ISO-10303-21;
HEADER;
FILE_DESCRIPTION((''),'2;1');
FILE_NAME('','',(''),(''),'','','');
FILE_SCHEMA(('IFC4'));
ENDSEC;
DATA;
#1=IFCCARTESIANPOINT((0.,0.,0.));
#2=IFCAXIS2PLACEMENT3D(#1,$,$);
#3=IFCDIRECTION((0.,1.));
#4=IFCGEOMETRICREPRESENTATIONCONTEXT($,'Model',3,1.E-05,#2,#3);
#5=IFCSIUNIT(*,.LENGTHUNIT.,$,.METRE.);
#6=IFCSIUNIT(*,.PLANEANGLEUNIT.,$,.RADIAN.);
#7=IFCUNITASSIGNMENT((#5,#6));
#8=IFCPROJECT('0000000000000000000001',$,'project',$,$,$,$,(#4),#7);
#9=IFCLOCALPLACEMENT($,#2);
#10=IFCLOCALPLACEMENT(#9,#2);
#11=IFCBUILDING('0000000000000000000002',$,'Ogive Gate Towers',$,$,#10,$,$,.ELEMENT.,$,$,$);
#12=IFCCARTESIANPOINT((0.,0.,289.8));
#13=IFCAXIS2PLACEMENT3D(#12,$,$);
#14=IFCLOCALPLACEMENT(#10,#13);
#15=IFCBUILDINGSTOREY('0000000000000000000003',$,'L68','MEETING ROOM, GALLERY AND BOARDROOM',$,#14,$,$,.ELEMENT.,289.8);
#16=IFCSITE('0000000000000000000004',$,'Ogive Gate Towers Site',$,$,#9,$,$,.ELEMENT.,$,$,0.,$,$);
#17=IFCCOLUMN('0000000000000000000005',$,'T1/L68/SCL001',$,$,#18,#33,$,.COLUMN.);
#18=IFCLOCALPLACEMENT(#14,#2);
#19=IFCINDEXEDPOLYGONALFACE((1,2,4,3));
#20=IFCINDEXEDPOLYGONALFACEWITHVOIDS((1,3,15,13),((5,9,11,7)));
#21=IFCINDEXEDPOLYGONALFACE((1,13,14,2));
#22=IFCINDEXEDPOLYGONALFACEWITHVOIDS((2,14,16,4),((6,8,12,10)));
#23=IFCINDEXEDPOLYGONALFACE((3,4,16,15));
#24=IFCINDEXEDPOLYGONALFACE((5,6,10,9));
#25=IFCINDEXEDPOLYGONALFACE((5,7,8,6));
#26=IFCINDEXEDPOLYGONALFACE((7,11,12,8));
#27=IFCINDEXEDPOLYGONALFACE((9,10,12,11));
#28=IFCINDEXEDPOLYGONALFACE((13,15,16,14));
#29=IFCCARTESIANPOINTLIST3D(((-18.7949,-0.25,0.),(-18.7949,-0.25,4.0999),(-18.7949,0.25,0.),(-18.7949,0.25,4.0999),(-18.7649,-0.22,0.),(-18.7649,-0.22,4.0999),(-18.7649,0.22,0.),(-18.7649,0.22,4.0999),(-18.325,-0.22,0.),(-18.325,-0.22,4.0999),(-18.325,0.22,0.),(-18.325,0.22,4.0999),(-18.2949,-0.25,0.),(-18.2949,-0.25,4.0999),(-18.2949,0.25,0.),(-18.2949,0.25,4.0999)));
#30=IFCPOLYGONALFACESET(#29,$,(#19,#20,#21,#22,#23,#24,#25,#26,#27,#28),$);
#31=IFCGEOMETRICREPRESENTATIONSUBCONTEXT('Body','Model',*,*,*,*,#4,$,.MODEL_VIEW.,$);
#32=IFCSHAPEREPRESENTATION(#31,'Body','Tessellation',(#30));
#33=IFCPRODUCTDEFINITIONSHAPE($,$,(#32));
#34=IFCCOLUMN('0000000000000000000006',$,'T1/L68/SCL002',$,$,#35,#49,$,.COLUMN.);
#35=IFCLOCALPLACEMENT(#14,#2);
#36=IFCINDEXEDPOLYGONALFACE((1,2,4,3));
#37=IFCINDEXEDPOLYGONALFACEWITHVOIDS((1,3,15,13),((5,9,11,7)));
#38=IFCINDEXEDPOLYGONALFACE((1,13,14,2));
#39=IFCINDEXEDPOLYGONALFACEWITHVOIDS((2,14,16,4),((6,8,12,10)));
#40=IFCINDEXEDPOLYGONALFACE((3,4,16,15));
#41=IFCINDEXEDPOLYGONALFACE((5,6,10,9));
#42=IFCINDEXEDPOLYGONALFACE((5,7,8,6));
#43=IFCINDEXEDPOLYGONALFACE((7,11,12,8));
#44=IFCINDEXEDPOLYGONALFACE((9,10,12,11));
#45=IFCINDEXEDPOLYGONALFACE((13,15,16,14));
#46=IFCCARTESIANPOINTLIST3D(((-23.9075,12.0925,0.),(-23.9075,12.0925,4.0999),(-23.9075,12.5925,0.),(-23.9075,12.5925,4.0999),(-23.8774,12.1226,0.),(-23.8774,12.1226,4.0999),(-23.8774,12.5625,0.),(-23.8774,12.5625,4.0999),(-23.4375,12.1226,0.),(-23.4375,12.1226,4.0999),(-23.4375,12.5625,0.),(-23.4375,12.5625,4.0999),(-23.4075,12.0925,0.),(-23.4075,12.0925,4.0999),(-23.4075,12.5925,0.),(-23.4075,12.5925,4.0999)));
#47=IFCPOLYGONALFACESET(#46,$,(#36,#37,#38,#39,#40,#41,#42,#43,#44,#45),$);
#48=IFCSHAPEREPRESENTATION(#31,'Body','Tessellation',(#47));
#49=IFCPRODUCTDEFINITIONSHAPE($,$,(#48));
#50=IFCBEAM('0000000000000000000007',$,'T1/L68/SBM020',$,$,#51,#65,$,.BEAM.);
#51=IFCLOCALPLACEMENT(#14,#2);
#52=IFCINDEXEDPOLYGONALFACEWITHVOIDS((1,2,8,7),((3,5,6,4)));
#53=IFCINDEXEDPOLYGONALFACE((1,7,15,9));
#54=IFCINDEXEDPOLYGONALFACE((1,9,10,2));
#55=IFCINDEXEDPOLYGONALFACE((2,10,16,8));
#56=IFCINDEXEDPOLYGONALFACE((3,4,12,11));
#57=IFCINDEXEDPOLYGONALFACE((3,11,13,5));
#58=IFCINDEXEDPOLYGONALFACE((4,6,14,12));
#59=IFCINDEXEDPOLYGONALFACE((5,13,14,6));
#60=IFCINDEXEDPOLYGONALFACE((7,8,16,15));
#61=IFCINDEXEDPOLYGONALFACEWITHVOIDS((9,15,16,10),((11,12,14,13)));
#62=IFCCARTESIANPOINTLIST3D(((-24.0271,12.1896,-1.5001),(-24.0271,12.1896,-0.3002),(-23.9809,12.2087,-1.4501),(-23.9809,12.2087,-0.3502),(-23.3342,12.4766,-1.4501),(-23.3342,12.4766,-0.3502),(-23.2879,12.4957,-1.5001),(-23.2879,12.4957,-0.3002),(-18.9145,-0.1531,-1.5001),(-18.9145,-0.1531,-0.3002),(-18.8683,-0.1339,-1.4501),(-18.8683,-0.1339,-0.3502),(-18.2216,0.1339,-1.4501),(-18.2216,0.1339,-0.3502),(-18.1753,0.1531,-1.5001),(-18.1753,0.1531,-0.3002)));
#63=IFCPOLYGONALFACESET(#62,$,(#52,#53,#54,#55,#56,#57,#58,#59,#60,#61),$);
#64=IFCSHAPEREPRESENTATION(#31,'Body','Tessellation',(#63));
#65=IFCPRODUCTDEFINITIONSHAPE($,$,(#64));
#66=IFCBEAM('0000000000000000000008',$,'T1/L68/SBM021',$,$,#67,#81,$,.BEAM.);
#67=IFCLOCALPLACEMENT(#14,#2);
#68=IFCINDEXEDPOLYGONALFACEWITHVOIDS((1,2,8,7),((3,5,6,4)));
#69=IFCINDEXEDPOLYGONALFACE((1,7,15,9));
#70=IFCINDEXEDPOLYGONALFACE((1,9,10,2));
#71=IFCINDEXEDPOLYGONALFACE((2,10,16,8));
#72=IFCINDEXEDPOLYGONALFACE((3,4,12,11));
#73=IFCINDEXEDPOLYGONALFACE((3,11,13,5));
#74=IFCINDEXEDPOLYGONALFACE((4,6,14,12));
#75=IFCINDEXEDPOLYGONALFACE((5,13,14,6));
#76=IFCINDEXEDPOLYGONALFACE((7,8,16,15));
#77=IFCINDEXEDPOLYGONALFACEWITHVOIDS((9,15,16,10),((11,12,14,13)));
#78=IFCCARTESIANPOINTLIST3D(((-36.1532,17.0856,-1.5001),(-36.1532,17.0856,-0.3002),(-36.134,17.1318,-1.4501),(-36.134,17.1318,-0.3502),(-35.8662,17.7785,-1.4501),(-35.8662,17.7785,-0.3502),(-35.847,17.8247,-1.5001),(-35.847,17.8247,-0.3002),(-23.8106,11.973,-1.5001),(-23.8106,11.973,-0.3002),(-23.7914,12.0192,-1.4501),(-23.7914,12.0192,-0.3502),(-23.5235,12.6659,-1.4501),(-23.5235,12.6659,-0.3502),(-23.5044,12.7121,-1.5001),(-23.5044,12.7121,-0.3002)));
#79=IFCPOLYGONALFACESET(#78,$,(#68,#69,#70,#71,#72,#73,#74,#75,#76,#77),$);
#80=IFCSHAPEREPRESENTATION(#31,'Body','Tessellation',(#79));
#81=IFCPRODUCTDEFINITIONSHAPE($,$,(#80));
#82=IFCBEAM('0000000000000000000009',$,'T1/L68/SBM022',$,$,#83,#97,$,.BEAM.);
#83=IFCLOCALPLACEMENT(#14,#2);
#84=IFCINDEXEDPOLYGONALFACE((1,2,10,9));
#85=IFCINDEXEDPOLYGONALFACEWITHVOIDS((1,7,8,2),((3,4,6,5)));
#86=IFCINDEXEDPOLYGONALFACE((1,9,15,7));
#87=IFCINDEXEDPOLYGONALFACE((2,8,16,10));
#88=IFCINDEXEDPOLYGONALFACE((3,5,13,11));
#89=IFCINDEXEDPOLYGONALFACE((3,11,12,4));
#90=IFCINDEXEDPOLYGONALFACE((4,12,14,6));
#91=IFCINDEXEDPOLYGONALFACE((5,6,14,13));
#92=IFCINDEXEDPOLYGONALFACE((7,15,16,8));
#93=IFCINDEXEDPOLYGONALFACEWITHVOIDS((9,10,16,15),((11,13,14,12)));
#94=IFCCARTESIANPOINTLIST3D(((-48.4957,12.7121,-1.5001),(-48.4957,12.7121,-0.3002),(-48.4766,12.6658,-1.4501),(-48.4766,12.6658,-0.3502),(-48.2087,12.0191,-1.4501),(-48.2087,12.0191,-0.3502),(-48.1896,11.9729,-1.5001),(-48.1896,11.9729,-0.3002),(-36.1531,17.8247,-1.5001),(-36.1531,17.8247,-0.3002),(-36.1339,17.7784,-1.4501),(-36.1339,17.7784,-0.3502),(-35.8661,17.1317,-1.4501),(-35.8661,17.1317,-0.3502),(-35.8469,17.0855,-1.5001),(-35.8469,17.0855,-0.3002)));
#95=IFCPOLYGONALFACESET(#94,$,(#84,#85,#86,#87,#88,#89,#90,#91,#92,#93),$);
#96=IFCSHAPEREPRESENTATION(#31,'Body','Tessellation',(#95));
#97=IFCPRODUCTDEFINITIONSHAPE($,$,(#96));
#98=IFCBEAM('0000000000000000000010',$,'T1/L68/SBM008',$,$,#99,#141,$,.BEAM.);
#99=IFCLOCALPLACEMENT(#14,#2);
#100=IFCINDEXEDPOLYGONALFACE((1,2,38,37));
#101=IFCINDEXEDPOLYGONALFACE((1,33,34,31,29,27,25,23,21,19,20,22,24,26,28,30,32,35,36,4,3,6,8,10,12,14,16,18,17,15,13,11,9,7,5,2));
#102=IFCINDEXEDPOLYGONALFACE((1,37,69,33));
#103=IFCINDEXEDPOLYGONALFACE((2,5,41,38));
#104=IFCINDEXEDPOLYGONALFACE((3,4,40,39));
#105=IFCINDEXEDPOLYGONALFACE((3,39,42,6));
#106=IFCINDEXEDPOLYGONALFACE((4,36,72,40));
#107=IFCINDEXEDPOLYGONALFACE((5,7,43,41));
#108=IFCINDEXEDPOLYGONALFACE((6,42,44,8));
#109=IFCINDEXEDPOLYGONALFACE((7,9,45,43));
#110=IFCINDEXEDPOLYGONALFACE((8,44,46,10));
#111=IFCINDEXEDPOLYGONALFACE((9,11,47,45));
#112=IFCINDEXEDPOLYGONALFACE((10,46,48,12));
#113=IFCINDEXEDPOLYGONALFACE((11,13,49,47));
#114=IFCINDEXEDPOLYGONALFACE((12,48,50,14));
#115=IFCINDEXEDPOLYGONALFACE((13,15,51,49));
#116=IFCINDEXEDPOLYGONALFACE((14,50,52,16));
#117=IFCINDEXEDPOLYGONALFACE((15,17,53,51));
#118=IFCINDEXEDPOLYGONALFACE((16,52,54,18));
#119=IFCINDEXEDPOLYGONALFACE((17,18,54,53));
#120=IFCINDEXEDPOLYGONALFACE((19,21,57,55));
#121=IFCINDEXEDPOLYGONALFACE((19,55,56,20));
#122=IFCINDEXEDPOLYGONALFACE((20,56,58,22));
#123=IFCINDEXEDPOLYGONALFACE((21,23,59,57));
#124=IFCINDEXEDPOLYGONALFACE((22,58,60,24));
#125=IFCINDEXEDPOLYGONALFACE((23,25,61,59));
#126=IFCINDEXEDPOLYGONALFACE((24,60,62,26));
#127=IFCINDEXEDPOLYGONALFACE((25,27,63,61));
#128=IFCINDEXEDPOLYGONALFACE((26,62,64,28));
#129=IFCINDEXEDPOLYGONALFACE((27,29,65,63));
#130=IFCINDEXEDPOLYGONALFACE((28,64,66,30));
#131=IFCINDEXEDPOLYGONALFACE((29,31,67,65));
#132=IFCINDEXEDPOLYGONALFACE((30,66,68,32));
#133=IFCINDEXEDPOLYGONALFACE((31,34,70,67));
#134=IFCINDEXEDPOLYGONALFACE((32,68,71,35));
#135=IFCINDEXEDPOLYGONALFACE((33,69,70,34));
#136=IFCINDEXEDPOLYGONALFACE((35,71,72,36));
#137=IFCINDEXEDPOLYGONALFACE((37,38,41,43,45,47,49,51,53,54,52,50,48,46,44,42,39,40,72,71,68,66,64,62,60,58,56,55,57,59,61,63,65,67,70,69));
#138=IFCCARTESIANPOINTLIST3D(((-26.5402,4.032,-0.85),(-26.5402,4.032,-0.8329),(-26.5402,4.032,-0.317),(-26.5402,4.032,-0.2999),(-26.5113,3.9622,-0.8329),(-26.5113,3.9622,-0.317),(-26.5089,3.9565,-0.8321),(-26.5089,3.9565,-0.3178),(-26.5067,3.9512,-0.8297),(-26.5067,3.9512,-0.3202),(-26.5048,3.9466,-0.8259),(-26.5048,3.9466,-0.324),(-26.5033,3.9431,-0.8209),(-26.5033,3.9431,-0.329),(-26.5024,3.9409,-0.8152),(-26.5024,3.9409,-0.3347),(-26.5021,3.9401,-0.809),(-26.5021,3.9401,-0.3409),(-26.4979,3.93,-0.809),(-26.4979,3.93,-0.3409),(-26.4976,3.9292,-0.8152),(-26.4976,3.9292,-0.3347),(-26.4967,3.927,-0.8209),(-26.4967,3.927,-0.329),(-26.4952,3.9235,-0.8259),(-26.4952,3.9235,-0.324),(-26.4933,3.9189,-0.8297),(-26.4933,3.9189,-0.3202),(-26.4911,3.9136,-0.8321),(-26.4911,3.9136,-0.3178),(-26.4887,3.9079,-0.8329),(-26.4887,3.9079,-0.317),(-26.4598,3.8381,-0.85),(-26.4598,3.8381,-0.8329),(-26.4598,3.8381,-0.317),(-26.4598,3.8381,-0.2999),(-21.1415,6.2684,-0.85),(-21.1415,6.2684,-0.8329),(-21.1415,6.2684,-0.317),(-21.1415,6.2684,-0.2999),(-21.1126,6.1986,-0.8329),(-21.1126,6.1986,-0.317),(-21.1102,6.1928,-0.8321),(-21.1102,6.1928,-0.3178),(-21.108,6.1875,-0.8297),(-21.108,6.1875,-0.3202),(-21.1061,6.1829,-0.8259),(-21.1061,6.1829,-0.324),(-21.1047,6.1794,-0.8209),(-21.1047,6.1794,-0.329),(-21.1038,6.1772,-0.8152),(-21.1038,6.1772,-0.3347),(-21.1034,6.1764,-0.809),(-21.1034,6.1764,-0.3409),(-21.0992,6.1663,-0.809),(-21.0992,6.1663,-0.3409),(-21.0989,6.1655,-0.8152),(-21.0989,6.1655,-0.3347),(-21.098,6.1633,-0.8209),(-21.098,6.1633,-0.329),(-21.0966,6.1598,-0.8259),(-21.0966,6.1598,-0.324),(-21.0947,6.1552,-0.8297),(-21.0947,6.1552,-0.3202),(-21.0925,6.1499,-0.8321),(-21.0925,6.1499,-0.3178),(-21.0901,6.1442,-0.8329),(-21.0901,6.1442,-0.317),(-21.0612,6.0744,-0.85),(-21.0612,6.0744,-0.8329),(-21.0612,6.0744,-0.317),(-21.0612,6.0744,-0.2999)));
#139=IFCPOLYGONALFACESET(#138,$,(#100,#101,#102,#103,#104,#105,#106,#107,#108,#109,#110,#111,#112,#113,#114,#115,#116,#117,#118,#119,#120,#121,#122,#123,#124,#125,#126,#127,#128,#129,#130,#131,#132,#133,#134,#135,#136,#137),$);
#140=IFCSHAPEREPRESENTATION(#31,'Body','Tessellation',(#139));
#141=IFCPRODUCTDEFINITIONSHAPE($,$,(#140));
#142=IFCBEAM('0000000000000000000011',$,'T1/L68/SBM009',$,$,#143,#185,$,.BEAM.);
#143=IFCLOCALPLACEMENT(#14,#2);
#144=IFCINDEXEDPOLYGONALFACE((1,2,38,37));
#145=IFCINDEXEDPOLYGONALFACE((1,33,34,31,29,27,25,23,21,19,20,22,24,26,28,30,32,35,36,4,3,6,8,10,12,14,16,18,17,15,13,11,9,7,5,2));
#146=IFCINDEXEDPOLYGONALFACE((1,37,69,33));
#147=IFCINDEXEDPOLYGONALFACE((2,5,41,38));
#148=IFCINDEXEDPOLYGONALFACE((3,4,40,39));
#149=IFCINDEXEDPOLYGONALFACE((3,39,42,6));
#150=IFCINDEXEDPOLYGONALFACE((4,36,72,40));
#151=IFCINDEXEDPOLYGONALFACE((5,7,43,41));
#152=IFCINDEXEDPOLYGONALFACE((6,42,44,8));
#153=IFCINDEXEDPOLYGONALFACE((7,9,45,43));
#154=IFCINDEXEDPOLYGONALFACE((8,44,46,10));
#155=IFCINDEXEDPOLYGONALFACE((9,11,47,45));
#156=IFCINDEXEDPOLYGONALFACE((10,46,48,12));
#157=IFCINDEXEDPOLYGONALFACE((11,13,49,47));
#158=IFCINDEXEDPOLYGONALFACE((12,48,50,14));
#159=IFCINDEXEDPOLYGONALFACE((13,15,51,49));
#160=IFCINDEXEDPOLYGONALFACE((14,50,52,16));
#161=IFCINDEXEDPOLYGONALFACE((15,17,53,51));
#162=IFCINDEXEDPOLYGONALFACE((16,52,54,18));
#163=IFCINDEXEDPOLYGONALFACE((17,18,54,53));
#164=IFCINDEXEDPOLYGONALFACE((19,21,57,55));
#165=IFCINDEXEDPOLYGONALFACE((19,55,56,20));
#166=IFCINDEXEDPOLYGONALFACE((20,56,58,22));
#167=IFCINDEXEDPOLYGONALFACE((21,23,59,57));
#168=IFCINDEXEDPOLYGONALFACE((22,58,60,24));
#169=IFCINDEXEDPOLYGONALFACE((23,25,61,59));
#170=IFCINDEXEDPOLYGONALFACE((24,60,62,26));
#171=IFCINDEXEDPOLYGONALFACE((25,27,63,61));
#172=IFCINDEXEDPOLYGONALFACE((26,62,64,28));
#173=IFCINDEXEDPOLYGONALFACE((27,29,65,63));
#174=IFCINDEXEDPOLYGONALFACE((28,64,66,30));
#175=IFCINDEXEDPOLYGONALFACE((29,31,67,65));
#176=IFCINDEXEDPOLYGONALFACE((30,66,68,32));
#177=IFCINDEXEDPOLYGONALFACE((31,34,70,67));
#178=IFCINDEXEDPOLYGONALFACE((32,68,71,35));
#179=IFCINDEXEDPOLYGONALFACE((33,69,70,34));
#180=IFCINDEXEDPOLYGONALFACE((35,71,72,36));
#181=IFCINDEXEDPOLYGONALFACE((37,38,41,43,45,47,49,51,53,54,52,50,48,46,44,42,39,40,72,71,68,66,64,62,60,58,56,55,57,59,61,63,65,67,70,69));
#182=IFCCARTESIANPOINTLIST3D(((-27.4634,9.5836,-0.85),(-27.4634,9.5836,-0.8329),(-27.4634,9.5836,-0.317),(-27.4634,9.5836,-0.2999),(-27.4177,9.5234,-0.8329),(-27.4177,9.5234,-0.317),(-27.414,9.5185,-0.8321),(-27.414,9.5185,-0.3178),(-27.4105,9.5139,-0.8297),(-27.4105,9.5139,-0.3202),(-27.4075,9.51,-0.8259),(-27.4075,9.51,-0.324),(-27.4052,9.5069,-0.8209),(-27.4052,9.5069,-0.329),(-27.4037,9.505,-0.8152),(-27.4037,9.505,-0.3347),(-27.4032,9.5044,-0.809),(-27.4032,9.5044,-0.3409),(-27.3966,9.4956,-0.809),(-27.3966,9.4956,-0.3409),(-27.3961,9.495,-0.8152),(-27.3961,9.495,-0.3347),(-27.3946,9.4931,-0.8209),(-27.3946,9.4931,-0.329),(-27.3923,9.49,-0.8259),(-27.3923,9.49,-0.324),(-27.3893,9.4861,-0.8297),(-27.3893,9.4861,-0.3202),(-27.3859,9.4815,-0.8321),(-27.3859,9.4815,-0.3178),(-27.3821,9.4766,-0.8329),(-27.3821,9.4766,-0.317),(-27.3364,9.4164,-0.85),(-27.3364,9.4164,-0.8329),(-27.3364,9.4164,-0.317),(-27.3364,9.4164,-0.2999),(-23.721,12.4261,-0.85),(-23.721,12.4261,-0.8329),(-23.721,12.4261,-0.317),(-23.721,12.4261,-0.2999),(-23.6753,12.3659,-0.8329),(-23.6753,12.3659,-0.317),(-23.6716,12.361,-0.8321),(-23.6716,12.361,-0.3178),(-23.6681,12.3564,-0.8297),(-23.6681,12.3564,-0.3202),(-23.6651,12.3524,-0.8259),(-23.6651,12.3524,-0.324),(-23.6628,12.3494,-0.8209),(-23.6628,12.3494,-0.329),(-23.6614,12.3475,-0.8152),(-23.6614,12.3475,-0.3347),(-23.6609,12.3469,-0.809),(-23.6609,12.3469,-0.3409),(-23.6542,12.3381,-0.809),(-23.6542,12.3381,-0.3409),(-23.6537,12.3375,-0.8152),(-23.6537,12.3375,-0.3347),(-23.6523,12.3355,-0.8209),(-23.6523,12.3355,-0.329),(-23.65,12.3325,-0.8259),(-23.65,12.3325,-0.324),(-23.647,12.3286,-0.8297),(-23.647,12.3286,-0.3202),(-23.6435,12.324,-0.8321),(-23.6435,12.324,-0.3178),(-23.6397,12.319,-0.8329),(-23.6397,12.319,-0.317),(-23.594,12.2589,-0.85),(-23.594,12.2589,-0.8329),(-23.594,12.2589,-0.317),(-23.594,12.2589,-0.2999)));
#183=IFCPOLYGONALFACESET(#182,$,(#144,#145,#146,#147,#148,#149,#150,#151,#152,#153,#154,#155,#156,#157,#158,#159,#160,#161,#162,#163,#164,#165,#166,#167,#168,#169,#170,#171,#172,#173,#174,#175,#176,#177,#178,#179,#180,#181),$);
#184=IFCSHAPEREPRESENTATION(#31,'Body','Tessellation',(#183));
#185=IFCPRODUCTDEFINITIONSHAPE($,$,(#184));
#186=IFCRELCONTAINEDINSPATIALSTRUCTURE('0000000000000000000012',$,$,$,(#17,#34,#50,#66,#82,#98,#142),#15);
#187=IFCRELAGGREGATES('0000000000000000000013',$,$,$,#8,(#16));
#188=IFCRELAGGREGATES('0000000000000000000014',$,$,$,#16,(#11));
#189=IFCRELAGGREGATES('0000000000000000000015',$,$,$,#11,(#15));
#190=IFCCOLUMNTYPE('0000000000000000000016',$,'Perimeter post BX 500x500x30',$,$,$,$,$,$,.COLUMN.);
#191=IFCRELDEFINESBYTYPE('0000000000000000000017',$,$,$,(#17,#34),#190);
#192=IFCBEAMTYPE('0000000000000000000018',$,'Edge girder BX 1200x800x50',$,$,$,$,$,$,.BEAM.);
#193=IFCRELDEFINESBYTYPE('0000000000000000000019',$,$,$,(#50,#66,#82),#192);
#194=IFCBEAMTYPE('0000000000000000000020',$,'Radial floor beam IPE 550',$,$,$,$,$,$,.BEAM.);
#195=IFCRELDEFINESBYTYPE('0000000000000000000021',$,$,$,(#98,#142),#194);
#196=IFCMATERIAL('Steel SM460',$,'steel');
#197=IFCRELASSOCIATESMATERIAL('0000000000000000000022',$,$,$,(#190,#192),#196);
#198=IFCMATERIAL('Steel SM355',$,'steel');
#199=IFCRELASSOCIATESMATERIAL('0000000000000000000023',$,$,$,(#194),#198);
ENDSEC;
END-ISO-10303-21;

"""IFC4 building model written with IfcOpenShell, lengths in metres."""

from ifc_helpers import new_model, si_unit, direction, frame, origin, origin_2d, place, context, subcontext, project, spatial, hollow_rectangle, i_section, extrude, material, material_profile, profile_set, type_object, element, save


model = new_model("IFC4")

# Units and contexts
model_context = context("Model", 3, precision=1e-05, world=origin(), true_north=direction((0.0, 1.0)))
body_context = subcontext(model_context, "Body", "Model", "MODEL_VIEW")
ifc_project = project(units=[si_unit("LENGTHUNIT", "METRE"), si_unit("PLANEANGLEUNIT", "RADIAN")], contexts=[model_context])

# Site, building, storey
site_placement = place(None, origin())
site = spatial("IfcSite", under=ifc_project, at=site_placement, Name="Ogive Gate Towers Site", CompositionType="ELEMENT", RefElevation=0.0)
building_placement = place(site_placement, origin())
building = spatial("IfcBuilding", under=site, at=building_placement, Name="Ogive Gate Towers", CompositionType="ELEMENT")
storey_placement = place(building_placement, frame((0.0, 0.0, 289.8)))
storey = spatial("IfcBuildingStorey", under=building, at=storey_placement, Name="L68", Description="MEETING ROOM, GALLERY AND BOARDROOM", CompositionType="ELEMENT", Elevation=289.8)

# Columns
ifc_material_1 = material(Name="Steel SM460", Category="steel")
ifc_material_profile_1 = material_profile(ifc_material_1, hollow_rectangle(XDim=0.5, YDim=0.5, WallThickness=0.03, at=origin_2d()), Name="BX 500x500x30")
ifc_profile_set_1 = profile_set([ifc_material_profile_1], Name="Steel SM460")
column_type = type_object("IfcColumnType", Name="Perimeter post BX 500x500x30", PredefinedType="COLUMN", material=ifc_profile_set_1)
for number, where, z_axis, x_axis, name in (
    (1, (-18.5449, 0.0, 0.0), (0.0, 0.0, 1.0), (1.0, 0.0, 0.0), "T1/L68/SCL001"),
    (2, (-23.6575, 12.3425, 0.0), (0.0, 0.0, 1.0), (1.0, 0.0, 0.0), "T1/L68/SCL002"),
):
    element("IfcColumn", number, at=place(storey_placement, frame(where, z_axis=z_axis, x_axis=x_axis)), inside=storey, type_object=column_type, Name=name, PredefinedType="COLUMN", context=body_context, shape_type="SweptSolid", body=[
        extrude(hollow_rectangle(XDim=0.5, YDim=0.5, WallThickness=0.03, at=origin_2d()), origin(), (0.0, 0.0, 1.0), 4.0999),
    ])

# Beams
ifc_material_profile_2 = material_profile(ifc_material_1, hollow_rectangle(XDim=0.8, YDim=1.2, WallThickness=0.05, at=origin_2d()), Name="BX 1200x800x50")
ifc_profile_set_2 = profile_set([ifc_material_profile_2], Name="Steel SM460")
beam_type_1 = type_object("IfcBeamType", Name="Edge girder BX 1200x800x50", PredefinedType="BEAM", material=ifc_profile_set_2)
for number, where, z_axis, x_axis, name in (
    (3, (-18.5449, 0.0, -0.9001), (-0.38269, 0.923877, 0.0), (-0.923877, -0.38269, 0.0), "T1/L68/SBM020"),
    (4, (-23.6575, 12.3425, -0.9001), (-0.923877, 0.38269, 0.0), (-0.38269, -0.923877, 0.0), "T1/L68/SBM021"),
    (5, (-36.0, 17.4551, -0.9001), (-0.923877, -0.38269, 0.0), (0.38269, -0.923877, 0.0), "T1/L68/SBM022"),
):
    element("IfcBeam", number, at=place(storey_placement, frame(where, z_axis=z_axis, x_axis=x_axis)), inside=storey, type_object=beam_type_1, Name=name, PredefinedType="BEAM", context=body_context, shape_type="SweptSolid", body=[
        extrude(hollow_rectangle(XDim=0.8, YDim=1.2, WallThickness=0.05, at=origin_2d()), origin(), (0.0, 0.0, 1.0), 13.3596),
    ])
ifc_material_2 = material(Name="Steel SM355", Category="steel")
ifc_material_profile_3 = material_profile(ifc_material_2, i_section(OverallWidth=0.21, OverallDepth=0.55, WebThickness=0.011, FlangeThickness=0.0171, FilletRadius=0.0239, at=origin_2d()), Name="IPE 550")
ifc_profile_set_3 = profile_set([ifc_material_profile_3], Name="Steel SM355")
beam_type_2 = type_object("IfcBeamType", Name="Radial floor beam IPE 550", PredefinedType="BEAM", material=ifc_profile_set_3)
beam_1_placement = place(storey_placement, frame((-26.5, 3.9351, -0.575), z_axis=(0.923872, 0.382701, 0.0), x_axis=(-0.382701, 0.923872, 0.0)))
element("IfcBeam", 6, at=beam_1_placement, inside=storey, type_object=beam_type_2, Name="T1/L68/SBM008", PredefinedType="BEAM", context=body_context, shape_type="SweptSolid", body=[
    extrude(i_section(OverallWidth=0.21, OverallDepth=0.55, WebThickness=0.011, FlangeThickness=0.0171, FilletRadius=0.0239, at=origin_2d()), origin(), (0.0, 0.0, 1.0), 5.8435),
])
beam_2_placement = place(storey_placement, frame((-27.3999, 9.5, -0.575), z_axis=(0.796338, 0.604851, 0.0), x_axis=(-0.604851, 0.796338, 0.0)))
element("IfcBeam", 7, at=beam_2_placement, inside=storey, type_object=beam_type_2, Name="T1/L68/SBM009", PredefinedType="BEAM", context=body_context, shape_type="SweptSolid", body=[
    extrude(i_section(OverallWidth=0.21, OverallDepth=0.55, WebThickness=0.011, FlangeThickness=0.0171, FilletRadius=0.0239, at=origin_2d()), origin(), (0.0, 0.0, 1.0), 4.6995),
])

save(model, "model.ifc")
